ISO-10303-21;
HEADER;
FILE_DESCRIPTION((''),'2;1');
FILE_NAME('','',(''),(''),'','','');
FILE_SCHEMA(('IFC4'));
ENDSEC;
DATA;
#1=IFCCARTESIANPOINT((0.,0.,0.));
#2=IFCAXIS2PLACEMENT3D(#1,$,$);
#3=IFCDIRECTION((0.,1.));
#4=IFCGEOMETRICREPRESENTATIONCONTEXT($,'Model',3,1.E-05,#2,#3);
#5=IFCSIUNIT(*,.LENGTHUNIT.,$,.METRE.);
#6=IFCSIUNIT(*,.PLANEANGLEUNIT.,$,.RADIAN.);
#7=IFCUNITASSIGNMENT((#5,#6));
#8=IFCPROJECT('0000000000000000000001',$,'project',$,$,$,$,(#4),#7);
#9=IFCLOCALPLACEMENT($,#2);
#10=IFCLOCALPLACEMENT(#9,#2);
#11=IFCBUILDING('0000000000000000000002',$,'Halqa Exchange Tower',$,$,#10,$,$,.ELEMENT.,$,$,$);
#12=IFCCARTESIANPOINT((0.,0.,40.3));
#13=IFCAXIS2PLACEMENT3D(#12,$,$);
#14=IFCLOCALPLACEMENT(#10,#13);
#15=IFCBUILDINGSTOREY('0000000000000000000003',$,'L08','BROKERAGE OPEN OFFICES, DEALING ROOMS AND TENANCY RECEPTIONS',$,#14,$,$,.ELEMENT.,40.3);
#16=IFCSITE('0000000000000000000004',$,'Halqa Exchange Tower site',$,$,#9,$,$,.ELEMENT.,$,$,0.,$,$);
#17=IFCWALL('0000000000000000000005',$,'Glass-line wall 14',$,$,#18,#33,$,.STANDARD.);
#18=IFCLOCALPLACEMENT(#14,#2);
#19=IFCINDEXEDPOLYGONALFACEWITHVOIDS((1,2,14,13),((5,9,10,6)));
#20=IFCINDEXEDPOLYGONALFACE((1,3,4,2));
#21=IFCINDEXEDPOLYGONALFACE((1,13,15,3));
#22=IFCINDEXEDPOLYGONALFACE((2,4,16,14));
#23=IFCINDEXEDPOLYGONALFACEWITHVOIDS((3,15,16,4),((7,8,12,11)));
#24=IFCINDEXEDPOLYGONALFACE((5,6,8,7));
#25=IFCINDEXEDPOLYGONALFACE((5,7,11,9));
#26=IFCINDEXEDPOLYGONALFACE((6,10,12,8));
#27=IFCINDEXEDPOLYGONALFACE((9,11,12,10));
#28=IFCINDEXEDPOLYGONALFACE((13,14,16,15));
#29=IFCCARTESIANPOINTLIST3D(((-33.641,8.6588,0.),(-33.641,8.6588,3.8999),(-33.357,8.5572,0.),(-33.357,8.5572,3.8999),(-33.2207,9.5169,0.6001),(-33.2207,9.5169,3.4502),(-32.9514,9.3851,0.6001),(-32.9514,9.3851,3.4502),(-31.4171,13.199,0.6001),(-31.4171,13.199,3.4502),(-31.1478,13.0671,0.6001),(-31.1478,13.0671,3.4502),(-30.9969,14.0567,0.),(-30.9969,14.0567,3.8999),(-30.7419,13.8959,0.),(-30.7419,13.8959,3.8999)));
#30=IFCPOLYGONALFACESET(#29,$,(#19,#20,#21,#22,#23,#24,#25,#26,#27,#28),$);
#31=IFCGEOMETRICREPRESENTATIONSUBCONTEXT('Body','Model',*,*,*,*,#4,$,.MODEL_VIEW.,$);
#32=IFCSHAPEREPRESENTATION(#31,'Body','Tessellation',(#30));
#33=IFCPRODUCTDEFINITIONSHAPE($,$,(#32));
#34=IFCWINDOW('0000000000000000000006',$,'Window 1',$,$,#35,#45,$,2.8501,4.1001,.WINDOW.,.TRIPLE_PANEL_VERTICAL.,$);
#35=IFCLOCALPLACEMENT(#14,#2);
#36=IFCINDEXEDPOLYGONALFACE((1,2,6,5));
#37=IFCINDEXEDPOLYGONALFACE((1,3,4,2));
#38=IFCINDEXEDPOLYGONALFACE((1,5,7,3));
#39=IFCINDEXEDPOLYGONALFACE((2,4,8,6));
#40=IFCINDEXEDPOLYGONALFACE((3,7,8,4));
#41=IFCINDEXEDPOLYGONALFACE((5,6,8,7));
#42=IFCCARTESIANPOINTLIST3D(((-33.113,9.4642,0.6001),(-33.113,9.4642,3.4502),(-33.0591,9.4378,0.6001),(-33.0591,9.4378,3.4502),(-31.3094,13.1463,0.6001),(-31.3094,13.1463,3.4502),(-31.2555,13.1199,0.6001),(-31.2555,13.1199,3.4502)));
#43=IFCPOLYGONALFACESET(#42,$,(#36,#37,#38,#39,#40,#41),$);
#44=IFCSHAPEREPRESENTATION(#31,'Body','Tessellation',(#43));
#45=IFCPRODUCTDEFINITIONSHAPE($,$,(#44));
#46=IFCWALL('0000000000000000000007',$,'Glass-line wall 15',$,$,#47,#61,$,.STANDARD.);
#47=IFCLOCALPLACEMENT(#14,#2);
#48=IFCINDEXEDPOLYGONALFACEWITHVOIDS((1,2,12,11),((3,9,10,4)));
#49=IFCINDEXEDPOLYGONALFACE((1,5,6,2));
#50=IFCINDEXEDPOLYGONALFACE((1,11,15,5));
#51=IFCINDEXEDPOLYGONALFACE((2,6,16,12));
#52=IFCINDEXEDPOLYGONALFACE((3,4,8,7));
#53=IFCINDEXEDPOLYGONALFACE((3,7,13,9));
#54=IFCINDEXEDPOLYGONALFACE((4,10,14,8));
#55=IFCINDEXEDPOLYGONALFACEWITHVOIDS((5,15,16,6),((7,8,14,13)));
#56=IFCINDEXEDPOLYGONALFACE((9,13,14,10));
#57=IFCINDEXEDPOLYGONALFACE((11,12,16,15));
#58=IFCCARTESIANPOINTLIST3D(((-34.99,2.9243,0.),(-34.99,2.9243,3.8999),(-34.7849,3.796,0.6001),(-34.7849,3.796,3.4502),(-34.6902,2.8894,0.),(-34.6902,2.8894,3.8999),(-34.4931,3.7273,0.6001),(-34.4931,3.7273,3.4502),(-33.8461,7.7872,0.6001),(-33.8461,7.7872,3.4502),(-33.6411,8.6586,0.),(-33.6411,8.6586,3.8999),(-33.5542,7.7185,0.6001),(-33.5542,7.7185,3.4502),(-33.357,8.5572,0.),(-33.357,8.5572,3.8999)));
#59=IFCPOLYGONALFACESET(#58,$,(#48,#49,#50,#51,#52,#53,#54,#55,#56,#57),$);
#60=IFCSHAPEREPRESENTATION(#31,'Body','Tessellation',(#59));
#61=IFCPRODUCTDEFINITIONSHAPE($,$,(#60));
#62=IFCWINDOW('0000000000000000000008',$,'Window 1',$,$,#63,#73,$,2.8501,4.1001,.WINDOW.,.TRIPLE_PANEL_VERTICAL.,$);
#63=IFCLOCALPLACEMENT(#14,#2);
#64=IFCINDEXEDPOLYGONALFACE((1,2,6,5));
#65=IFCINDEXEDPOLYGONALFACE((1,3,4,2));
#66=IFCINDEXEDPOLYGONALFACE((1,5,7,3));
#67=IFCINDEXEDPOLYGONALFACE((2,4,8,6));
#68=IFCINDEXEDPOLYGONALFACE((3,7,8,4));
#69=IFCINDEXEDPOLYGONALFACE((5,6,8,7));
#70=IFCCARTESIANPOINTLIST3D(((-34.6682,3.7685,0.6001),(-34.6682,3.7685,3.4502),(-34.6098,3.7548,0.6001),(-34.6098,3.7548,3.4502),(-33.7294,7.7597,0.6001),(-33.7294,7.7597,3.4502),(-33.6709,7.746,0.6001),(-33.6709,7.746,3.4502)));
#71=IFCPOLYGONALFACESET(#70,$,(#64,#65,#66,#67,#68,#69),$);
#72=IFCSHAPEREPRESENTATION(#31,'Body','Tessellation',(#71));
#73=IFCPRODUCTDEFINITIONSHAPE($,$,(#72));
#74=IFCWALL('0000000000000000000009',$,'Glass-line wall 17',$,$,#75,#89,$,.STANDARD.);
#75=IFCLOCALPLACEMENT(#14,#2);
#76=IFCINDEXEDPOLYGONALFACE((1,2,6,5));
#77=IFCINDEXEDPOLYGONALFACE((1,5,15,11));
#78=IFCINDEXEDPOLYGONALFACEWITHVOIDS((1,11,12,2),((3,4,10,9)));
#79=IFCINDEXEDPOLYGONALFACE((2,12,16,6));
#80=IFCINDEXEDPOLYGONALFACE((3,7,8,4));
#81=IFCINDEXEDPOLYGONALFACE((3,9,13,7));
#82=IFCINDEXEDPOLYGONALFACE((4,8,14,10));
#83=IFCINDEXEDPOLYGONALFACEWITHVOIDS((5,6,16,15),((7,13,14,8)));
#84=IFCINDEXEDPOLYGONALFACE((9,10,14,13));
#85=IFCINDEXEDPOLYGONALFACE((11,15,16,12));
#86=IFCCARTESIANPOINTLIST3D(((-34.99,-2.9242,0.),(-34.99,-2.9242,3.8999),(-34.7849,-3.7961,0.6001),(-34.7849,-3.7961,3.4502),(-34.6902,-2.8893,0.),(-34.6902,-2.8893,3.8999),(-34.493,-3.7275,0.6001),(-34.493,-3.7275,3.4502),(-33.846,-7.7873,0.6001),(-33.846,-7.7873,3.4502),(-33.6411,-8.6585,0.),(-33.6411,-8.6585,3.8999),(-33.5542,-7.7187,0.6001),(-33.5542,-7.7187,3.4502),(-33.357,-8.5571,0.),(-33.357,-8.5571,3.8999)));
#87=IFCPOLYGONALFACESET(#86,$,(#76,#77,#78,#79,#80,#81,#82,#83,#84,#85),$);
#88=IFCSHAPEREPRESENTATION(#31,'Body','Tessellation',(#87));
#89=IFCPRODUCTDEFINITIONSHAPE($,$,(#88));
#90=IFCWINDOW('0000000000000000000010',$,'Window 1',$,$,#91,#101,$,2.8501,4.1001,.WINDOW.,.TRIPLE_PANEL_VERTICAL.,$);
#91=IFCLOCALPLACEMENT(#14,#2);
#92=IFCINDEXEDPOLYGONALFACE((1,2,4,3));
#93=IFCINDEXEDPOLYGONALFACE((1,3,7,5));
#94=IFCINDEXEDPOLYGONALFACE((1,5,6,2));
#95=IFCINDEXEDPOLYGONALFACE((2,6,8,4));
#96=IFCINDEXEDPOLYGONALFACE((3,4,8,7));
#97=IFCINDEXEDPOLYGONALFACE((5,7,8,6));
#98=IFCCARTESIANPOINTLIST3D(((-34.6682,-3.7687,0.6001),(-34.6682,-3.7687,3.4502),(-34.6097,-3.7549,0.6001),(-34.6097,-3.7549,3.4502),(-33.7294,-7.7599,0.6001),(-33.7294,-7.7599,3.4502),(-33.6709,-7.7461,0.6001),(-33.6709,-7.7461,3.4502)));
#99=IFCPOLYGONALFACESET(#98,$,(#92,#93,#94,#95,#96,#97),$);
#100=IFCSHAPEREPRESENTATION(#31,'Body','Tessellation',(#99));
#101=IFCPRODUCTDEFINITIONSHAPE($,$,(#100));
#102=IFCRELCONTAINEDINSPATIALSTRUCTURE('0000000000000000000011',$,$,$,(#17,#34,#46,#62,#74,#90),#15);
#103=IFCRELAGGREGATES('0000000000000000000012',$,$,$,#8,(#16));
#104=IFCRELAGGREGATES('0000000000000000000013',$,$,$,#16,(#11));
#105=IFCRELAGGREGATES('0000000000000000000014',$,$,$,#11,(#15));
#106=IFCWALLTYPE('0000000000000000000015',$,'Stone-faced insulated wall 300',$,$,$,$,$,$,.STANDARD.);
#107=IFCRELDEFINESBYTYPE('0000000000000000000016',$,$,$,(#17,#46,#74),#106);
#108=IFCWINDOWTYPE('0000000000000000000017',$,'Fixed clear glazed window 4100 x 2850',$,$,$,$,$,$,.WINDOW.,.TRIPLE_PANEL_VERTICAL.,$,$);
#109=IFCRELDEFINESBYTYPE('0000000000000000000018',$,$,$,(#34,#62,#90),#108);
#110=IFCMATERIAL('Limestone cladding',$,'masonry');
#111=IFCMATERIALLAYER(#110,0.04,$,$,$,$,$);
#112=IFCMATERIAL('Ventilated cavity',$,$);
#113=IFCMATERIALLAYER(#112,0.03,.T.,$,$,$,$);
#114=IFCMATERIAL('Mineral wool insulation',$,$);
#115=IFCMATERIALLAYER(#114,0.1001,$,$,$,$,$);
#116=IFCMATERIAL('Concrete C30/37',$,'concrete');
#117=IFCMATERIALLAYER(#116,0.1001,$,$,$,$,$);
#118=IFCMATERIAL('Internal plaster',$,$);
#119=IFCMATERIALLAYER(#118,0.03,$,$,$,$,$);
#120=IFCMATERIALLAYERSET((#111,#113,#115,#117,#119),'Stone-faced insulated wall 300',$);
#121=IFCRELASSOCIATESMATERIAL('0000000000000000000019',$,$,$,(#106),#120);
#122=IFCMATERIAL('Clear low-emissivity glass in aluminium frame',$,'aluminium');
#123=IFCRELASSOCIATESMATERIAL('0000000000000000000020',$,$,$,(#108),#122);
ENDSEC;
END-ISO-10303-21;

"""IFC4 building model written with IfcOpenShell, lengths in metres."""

from ifc_helpers import new_model, si_unit, direction, frame, frame_2d, origin, place, context, subcontext, project, spatial, polyline, rectangle, outline, extrude, material, layer, layer_set, type_object, element, fill, save


model = new_model("IFC4")

# Units and contexts
model_context = context("Model", 3, precision=1e-05, world=origin(), true_north=direction((0.0, 1.0)))
body_context = subcontext(model_context, "Body", "Model", "MODEL_VIEW")
ifc_project = project(units=[si_unit("LENGTHUNIT", "METRE"), si_unit("PLANEANGLEUNIT", "RADIAN")], contexts=[model_context])

# Site, building, storey
site_placement = place(None, origin())
site = spatial("IfcSite", under=ifc_project, at=site_placement, Name="Halqa Exchange Tower site", CompositionType="ELEMENT", RefElevation=0.0)
building_placement = place(site_placement, origin())
building = spatial("IfcBuilding", under=site, at=building_placement, Name="Halqa Exchange Tower", CompositionType="ELEMENT")
storey_placement = place(building_placement, frame((0.0, 0.0, 40.3)))
storey = spatial("IfcBuildingStorey", under=building, at=storey_placement, Name="L08", Description="BROKERAGE OPEN OFFICES, DEALING ROOMS AND TENANCY RECEPTIONS", CompositionType="ELEMENT", Elevation=40.3)

# Walls, openings, windows
ifc_material_1 = material(Name="Limestone cladding", Category="masonry")
ifc_layer_1 = layer(ifc_material_1, 0.04)
ifc_material_2 = material(Name="Ventilated cavity")
ifc_layer_2 = layer(ifc_material_2, 0.03, ventilated=True)
ifc_material_3 = material(Name="Mineral wool insulation")
ifc_layer_3 = layer(ifc_material_3, 0.1001)
ifc_material_4 = material(Name="Concrete C30/37", Category="concrete")
ifc_layer_4 = layer(ifc_material_4, 0.1001)
ifc_material_5 = material(Name="Internal plaster")
ifc_layer_5 = layer(ifc_material_5, 0.03)
ifc_layer_set_1 = layer_set([ifc_layer_1, ifc_layer_2, ifc_layer_3, ifc_layer_4, ifc_layer_5], Name="Stone-faced insulated wall 300")
wall_type_1 = type_object("IfcWallType", Name="Stone-faced insulated wall 300", PredefinedType="STANDARD", material=ifc_layer_set_1)
wall_1_placement = place(storey_placement, frame((-30.8694, 13.9763, 0.0), z_axis=(0.0, 0.0, 1.0), x_axis=(-0.439896, -0.898049, 0.0)))
wall_1 = element("IfcWall", 1, at=wall_1_placement, inside=storey, type_object=wall_type_1, Name="Glass-line wall 14", PredefinedType="STANDARD", context=body_context, shape_type="SweptSolid", body=[
    extrude(outline(polyline([(-0.0161, -0.1499), (5.9946, -0.1499), (5.9609, 0.1499), (0.0161, 0.1499), (-0.0161, -0.1499)])), origin(), (0.0, 0.0, 1.0), 3.8999),
])
opening_1_placement = place(wall_1_placement, frame((0.939, 0.0, 0.6001)))
opening_1 = element("IfcOpeningElement", 2, at=opening_1_placement, cuts=wall_1, PredefinedType="OPENING", context=body_context, shape_type="SweptSolid", body=[
    extrude(rectangle(XDim=4.1001, YDim=2.8501, at=frame_2d((2.05, 1.425))), frame((0.0, 0.1621, 0.0), z_axis=(0.0, -1.0, 0.0), x_axis=(1.0, 0.0, 0.0)), (0.0, 0.0, 1.0), 0.324),
])
ifc_material_6 = material(Name="Clear low-emissivity glass in aluminium frame", Category="aluminium")
window_type = type_object("IfcWindowType", Name="Fixed clear glazed window 4100 x 2850", PartitioningType="TRIPLE_PANEL_VERTICAL", PredefinedType="WINDOW", material=ifc_material_6)
window_1_placement = place(opening_1_placement, origin())
window_1 = element("IfcWindow", 3, at=window_1_placement, inside=storey, type_object=window_type, Name="Window 1", OverallHeight=2.8501, OverallWidth=4.1001, PartitioningType="TRIPLE_PANEL_VERTICAL", PredefinedType="WINDOW", context=body_context, shape_type="SweptSolid", body=[
    extrude(rectangle(XDim=4.1001, YDim=2.8501, at=frame_2d((2.05, 1.425))), frame((0.0, 0.03, 0.0), z_axis=(0.0, -1.0, 0.0), x_axis=(1.0, 0.0, 0.0)), (0.0, 0.0, 1.0), 0.0601),
])
fill(opening_1, window_1)
wall_2_placement = place(storey_placement, frame((-33.499, 8.6079, 0.0), z_axis=(0.0, 0.0, 1.0), x_axis=(-0.228977, -0.973432, 0.0)))
wall_2 = element("IfcWall", 4, at=wall_2_placement, inside=storey, type_object=wall_type_1, Name="Glass-line wall 15", PredefinedType="STANDARD", context=body_context, shape_type="SweptSolid", body=[
    extrude(outline(polyline([(-0.0168, -0.1499), (5.874, -0.1499), (5.8394, 0.1499), (0.0168, 0.1499), (-0.0168, -0.1499)])), origin(), (0.0, 0.0, 1.0), 3.8999),
])
opening_2_placement = place(wall_2_placement, frame((0.8784, 0.0, 0.6001)))
opening_2 = element("IfcOpeningElement", 5, at=opening_2_placement, cuts=wall_2, PredefinedType="OPENING", context=body_context, shape_type="SweptSolid", body=[
    extrude(rectangle(XDim=4.1001, YDim=2.8501, at=frame_2d((2.05, 1.425))), frame((0.0, 0.1621, 0.0), z_axis=(0.0, -1.0, 0.0), x_axis=(1.0, 0.0, 0.0)), (0.0, 0.0, 1.0), 0.324),
])
window_2_placement = place(opening_2_placement, origin())
window_2 = element("IfcWindow", 6, at=window_2_placement, inside=storey, type_object=window_type, Name="Window 1", OverallHeight=2.8501, OverallWidth=4.1001, PartitioningType="TRIPLE_PANEL_VERTICAL", PredefinedType="WINDOW", context=body_context, shape_type="SweptSolid", body=[
    extrude(rectangle(XDim=4.1001, YDim=2.8501, at=frame_2d((2.05, 1.425))), frame((0.0, 0.03, 0.0), z_axis=(0.0, -1.0, 0.0), x_axis=(1.0, 0.0, 0.0)), (0.0, 0.0, 1.0), 0.0601),
])
fill(opening_2, window_2)

# Wall, opening, window
wall_3_placement = place(storey_placement, frame((-34.8401, -2.9067, 0.0), z_axis=(0.0, 0.0, 1.0), x_axis=(0.228977, -0.973432, 0.0)))
wall_3 = element("IfcWall", 7, at=wall_3_placement, inside=storey, type_object=wall_type_1, Name="Glass-line wall 17", PredefinedType="STANDARD", context=body_context, shape_type="SweptSolid", body=[
    extrude(outline(polyline([(-0.0173, -0.1499), (5.8735, -0.1499), (5.8398, 0.1499), (0.0173, 0.1499), (-0.0173, -0.1499)])), origin(), (0.0, 0.0, 1.0), 3.8999),
])
opening_3_placement = place(wall_3_placement, frame((0.8784, 0.0, 0.6001)))
opening_3 = element("IfcOpeningElement", 8, at=opening_3_placement, cuts=wall_3, PredefinedType="OPENING", context=body_context, shape_type="SweptSolid", body=[
    extrude(rectangle(XDim=4.1001, YDim=2.8501, at=frame_2d((2.05, 1.425))), frame((0.0, 0.1621, 0.0), z_axis=(0.0, -1.0, 0.0), x_axis=(1.0, 0.0, 0.0)), (0.0, 0.0, 1.0), 0.324),
])
window_3_placement = place(opening_3_placement, origin())
window_3 = element("IfcWindow", 9, at=window_3_placement, inside=storey, type_object=window_type, Name="Window 1", OverallHeight=2.8501, OverallWidth=4.1001, PartitioningType="TRIPLE_PANEL_VERTICAL", PredefinedType="WINDOW", context=body_context, shape_type="SweptSolid", body=[
    extrude(rectangle(XDim=4.1001, YDim=2.8501, at=frame_2d((2.05, 1.425))), frame((0.0, 0.03, 0.0), z_axis=(0.0, -1.0, 0.0), x_axis=(1.0, 0.0, 0.0)), (0.0, 0.0, 1.0), 0.0601),
])
fill(opening_3, window_3)

save(model, "model.ifc")
